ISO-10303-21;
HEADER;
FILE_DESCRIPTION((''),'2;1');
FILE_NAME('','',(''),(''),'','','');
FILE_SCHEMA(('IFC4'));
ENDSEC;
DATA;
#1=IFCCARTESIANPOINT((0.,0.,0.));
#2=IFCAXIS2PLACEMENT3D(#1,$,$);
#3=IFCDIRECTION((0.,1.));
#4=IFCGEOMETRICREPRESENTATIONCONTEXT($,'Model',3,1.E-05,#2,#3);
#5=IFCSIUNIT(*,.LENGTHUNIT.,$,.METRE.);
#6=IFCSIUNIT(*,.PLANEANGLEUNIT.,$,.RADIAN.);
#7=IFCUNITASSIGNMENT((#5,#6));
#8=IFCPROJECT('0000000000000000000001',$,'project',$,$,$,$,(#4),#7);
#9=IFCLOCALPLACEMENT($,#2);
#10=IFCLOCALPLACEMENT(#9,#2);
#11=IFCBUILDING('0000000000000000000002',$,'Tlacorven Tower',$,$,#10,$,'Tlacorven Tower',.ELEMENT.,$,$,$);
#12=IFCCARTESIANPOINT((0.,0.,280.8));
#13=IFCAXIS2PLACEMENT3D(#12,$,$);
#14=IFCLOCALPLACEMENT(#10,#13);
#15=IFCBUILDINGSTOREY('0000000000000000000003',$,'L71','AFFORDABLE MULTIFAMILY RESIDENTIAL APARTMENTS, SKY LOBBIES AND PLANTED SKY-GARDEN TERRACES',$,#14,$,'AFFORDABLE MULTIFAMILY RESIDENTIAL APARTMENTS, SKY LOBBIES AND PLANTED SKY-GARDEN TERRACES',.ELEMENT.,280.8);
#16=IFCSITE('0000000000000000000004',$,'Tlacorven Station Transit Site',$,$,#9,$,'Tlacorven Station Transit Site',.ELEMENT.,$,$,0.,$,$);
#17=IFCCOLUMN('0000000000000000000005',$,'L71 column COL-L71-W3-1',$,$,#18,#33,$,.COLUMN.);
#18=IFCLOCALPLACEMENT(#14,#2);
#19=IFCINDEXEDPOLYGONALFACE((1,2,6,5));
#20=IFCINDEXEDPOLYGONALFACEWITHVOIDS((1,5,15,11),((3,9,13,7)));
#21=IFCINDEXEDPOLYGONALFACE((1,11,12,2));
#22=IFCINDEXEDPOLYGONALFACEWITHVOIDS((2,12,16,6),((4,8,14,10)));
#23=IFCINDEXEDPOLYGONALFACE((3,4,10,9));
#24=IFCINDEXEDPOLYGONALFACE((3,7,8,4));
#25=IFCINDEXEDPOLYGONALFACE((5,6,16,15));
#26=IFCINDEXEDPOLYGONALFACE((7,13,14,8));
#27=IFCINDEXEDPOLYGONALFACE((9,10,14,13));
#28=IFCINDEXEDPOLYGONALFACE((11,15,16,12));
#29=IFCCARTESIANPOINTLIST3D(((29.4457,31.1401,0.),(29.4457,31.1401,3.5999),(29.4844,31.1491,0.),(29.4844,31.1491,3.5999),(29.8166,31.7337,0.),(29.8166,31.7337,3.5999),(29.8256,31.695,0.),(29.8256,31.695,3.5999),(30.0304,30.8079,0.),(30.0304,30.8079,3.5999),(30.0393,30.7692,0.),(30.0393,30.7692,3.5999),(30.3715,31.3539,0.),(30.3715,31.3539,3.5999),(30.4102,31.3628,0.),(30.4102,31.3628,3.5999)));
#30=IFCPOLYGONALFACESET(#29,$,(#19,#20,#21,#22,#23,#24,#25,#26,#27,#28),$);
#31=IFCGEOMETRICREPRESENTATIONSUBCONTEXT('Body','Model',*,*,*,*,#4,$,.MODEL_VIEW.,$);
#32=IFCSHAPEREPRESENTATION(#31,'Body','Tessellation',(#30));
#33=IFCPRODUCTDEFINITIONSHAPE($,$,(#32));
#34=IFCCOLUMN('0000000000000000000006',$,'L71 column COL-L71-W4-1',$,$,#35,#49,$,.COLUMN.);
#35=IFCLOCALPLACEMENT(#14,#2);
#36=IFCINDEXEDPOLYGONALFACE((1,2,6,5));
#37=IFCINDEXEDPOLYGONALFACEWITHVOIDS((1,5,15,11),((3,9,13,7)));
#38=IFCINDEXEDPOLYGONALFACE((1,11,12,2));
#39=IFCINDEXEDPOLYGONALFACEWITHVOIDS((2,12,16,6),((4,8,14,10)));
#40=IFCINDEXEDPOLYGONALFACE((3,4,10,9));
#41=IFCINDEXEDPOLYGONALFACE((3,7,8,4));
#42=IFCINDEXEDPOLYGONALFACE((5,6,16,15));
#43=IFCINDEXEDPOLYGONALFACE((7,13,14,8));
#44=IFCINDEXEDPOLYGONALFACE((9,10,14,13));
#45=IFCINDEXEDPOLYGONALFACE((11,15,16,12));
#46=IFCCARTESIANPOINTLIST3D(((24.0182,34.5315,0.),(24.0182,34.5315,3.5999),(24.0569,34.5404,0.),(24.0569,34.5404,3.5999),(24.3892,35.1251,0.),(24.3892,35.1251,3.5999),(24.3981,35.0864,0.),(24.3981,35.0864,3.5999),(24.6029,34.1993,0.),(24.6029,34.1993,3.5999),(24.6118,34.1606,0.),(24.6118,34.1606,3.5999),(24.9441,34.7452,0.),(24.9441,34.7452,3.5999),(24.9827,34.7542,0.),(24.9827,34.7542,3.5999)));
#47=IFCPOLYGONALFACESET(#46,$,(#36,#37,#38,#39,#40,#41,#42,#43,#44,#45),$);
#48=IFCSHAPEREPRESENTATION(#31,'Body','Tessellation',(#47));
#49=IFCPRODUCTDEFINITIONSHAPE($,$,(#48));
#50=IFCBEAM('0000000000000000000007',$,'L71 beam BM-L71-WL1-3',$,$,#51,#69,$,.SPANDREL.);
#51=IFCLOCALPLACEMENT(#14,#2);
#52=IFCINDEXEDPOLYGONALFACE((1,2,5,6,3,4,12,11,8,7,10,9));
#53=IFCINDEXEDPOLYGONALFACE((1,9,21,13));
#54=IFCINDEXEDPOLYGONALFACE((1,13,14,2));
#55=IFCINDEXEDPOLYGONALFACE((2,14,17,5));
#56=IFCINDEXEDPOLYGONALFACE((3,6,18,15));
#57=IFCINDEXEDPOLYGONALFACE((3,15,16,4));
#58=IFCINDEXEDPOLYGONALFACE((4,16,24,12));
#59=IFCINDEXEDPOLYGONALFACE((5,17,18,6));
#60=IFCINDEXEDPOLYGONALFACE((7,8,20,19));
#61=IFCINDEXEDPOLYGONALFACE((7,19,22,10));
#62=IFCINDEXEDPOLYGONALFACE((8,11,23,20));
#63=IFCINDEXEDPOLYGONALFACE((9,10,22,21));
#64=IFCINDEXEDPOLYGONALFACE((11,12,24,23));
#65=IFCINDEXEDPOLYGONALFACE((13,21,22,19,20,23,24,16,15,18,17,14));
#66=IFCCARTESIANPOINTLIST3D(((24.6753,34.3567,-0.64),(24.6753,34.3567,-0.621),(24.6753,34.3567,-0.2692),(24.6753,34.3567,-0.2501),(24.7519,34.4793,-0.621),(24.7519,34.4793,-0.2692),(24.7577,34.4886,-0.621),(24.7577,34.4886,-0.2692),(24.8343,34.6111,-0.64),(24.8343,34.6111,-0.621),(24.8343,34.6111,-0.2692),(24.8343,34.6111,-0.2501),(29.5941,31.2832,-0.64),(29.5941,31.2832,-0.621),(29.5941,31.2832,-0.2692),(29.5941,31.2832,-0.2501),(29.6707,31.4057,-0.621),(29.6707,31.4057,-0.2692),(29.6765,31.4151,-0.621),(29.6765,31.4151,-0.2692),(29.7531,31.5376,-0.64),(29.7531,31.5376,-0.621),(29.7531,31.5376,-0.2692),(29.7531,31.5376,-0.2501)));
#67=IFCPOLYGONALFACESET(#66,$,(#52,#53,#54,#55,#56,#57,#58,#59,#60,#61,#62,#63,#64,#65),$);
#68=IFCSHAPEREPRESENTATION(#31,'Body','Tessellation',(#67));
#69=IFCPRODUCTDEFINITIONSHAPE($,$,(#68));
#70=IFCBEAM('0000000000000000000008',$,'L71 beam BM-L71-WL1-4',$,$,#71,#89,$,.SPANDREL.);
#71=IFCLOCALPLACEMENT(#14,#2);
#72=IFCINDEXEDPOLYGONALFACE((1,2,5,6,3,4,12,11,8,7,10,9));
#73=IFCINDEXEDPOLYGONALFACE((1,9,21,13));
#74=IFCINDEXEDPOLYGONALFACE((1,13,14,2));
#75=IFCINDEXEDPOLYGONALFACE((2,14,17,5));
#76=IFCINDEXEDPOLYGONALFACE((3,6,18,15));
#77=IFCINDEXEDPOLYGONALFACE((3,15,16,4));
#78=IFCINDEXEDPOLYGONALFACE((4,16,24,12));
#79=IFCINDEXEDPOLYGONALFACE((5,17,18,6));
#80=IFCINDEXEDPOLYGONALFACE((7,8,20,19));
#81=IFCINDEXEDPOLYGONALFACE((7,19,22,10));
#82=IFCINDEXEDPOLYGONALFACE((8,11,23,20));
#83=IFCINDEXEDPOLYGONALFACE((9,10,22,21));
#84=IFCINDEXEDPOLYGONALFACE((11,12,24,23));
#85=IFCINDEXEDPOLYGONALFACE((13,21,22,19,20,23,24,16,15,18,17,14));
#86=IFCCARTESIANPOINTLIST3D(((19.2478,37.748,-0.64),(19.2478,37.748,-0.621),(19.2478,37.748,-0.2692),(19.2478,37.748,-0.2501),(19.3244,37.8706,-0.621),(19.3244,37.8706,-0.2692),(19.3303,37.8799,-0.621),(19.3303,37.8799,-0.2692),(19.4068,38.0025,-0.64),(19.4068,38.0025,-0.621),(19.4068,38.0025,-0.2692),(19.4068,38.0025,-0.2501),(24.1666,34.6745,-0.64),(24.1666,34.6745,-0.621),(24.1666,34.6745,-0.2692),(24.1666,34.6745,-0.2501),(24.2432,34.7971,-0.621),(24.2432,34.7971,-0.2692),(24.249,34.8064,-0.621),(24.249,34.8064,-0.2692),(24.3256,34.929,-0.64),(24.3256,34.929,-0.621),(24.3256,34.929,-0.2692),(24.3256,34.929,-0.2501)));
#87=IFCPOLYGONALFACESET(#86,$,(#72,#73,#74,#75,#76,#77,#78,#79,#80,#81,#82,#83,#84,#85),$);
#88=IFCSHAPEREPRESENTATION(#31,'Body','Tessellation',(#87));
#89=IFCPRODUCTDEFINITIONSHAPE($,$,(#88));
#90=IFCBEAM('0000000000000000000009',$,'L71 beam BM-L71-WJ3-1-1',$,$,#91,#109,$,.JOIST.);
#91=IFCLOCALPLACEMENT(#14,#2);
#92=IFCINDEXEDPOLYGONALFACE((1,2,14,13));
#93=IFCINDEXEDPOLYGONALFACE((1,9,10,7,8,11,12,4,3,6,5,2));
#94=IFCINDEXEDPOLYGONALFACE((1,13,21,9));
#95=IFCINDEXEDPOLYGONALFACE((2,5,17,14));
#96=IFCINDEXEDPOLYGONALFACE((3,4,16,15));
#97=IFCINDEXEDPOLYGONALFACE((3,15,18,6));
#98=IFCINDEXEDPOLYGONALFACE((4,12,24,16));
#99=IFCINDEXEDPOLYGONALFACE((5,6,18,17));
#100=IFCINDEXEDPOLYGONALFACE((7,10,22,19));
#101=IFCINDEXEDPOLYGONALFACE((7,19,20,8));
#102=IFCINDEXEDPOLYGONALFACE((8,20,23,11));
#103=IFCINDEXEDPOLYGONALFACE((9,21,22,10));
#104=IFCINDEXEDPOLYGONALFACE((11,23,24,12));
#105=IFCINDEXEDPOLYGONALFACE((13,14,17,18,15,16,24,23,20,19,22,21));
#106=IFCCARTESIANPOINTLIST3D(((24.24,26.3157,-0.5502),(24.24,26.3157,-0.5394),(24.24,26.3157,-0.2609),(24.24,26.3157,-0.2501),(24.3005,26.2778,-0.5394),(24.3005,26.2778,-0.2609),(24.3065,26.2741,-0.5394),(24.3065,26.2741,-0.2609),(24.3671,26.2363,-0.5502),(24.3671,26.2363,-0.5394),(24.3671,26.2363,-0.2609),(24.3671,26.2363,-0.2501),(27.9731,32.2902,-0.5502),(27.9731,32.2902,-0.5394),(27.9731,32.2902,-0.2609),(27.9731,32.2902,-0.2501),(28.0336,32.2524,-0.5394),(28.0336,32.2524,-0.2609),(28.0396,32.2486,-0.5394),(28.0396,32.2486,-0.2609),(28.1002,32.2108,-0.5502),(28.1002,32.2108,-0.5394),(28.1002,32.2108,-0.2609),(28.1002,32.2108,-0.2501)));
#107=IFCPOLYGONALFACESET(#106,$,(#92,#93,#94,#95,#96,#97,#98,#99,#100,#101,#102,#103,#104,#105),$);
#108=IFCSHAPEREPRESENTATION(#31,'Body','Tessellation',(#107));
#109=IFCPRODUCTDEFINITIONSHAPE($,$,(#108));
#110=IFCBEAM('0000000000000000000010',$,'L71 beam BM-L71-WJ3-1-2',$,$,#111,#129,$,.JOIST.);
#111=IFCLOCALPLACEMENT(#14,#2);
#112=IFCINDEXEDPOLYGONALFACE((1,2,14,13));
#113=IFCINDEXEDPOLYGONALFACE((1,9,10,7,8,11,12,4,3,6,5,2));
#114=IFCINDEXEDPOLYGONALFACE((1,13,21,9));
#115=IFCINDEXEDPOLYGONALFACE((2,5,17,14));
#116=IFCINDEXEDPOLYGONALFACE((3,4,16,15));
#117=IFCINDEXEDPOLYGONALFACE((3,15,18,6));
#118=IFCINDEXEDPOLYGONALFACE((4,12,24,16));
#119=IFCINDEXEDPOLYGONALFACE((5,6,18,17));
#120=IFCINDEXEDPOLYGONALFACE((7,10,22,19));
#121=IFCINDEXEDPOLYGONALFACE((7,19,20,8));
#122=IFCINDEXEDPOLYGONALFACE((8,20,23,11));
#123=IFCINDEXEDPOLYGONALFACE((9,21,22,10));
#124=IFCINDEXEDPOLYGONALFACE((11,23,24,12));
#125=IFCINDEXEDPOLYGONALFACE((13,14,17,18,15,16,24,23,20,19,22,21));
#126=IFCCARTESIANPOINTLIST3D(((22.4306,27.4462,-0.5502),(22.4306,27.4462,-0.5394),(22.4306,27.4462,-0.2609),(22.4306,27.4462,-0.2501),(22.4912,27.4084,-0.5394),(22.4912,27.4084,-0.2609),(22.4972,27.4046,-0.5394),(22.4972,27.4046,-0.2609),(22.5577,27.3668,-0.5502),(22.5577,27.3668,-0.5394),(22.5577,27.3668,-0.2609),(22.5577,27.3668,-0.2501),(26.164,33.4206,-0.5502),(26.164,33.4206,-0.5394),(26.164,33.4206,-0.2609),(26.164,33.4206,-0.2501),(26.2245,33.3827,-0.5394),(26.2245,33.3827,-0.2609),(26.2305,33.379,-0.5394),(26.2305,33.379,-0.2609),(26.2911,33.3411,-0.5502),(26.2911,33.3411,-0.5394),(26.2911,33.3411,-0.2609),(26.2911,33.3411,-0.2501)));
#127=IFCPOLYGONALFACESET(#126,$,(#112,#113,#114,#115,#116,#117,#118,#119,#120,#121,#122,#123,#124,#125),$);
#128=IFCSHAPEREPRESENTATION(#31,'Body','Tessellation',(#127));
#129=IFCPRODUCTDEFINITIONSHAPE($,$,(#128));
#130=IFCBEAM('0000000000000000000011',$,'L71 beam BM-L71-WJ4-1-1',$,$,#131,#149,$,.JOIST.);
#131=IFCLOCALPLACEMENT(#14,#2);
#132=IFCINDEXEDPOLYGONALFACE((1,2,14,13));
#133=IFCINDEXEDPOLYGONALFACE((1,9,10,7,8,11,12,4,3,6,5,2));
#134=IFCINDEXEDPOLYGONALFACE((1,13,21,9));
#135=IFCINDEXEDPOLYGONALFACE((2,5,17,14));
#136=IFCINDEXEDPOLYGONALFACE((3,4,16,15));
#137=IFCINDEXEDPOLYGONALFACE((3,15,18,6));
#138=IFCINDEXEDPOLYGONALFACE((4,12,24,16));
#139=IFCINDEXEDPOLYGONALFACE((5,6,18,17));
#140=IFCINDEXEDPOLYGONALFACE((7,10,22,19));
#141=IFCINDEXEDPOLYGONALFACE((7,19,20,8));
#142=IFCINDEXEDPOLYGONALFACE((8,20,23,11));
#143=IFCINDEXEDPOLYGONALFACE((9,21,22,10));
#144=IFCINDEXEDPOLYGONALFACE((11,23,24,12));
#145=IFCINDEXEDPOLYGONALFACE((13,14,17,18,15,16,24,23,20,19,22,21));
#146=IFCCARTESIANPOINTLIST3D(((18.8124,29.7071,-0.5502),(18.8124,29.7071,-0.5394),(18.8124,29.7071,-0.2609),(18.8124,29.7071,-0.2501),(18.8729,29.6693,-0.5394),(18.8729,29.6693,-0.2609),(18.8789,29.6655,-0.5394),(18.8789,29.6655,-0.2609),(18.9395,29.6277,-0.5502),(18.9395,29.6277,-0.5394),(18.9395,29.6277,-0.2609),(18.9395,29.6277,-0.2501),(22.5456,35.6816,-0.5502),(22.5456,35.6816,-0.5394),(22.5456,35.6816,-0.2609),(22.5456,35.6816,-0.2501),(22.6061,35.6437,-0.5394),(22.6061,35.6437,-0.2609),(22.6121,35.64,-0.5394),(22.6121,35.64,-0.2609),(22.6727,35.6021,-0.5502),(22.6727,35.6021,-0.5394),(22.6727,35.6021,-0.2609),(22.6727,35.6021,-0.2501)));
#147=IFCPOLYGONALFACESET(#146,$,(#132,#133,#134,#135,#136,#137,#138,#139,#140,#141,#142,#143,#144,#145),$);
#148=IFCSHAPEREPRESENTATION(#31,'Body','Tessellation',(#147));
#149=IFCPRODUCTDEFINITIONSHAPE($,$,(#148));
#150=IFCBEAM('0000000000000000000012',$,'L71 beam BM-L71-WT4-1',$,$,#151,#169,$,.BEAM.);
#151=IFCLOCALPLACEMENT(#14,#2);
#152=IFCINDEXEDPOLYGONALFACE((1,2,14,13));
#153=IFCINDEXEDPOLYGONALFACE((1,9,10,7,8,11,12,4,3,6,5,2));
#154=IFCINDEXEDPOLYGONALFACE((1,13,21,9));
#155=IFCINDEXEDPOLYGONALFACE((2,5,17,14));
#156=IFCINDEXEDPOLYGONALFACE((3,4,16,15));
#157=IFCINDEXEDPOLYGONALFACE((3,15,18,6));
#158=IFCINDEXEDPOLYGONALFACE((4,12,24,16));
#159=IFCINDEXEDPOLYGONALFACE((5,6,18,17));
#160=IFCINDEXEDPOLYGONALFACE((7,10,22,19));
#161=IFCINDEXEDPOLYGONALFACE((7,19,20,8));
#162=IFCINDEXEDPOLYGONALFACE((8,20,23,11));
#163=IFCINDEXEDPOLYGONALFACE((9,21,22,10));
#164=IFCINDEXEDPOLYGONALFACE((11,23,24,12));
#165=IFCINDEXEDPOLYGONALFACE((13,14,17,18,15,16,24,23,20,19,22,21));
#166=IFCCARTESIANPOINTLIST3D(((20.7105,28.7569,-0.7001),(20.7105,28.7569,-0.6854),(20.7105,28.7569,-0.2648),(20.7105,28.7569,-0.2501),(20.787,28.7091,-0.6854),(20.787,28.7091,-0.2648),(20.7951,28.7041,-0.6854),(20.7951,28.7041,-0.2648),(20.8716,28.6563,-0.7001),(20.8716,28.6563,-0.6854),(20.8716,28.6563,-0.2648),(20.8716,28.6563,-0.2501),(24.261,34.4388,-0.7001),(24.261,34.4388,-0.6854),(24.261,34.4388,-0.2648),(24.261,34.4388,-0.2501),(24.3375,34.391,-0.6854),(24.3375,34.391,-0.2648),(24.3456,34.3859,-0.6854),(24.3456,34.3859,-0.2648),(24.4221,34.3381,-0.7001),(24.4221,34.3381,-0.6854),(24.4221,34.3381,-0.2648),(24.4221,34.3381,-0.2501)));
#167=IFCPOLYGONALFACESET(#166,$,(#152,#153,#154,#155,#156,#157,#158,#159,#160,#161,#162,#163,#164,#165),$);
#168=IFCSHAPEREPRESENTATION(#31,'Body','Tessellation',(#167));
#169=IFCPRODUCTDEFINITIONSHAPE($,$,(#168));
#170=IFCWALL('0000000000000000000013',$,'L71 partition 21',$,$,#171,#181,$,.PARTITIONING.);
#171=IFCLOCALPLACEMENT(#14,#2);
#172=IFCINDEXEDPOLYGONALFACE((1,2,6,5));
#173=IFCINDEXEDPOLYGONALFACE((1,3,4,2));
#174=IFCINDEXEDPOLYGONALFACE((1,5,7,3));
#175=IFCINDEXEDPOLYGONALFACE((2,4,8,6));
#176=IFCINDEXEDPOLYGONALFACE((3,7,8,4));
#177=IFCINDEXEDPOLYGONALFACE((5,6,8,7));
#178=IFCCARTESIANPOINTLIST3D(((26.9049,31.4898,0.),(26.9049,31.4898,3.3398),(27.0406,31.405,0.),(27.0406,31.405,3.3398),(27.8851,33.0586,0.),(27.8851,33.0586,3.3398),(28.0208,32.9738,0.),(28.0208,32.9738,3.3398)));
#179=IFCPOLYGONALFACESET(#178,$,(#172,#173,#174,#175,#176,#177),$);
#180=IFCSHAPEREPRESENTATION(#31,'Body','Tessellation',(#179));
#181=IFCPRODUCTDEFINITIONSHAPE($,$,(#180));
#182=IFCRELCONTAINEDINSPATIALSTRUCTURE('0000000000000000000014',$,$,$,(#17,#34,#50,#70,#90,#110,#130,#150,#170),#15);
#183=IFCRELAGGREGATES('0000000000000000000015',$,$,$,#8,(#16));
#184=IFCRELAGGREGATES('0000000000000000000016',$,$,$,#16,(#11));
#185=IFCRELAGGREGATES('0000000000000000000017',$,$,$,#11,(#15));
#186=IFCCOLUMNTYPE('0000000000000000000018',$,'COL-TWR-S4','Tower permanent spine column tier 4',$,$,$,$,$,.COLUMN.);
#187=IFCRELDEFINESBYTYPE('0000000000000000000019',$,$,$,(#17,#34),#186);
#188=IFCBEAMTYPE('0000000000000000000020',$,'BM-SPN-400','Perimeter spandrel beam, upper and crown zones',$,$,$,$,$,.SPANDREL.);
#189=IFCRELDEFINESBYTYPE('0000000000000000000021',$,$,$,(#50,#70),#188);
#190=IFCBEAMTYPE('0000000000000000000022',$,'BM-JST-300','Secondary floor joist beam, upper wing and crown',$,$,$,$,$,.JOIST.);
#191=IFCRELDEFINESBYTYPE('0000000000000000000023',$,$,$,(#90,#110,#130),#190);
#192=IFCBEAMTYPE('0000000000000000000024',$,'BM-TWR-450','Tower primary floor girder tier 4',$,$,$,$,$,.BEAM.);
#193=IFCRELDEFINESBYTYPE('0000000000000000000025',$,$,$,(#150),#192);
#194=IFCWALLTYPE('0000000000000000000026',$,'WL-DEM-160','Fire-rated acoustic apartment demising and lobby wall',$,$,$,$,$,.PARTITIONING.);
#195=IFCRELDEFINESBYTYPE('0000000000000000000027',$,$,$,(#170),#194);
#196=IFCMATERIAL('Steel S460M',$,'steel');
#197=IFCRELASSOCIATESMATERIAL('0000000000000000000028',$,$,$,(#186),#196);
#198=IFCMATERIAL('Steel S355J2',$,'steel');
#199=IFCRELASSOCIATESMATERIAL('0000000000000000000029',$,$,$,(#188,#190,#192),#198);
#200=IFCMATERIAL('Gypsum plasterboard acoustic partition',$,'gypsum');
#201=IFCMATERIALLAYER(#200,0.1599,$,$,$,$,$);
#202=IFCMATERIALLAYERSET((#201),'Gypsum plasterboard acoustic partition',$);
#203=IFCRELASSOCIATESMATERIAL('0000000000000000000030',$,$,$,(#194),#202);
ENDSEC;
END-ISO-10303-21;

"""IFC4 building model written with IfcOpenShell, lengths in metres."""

from ifc_helpers import new_model, si_unit, direction, frame, frame_2d, origin, origin_2d, place, context, subcontext, project, spatial, rectangle, hollow_rectangle, i_section, extrude, source, transform, mapped, material, layer, layer_set, material_profile, profile_set, type_object, element, save


model = new_model("IFC4")

# Units and contexts
model_context = context("Model", 3, precision=1e-05, world=origin(), true_north=direction((0.0, 1.0)))
body_context = subcontext(model_context, "Body", "Model", "MODEL_VIEW")
ifc_project = project(units=[si_unit("LENGTHUNIT", "METRE"), si_unit("PLANEANGLEUNIT", "RADIAN")], contexts=[model_context])

# Site, building, storey
site_placement = place(None, origin())
site = spatial("IfcSite", under=ifc_project, at=site_placement, Name="Tlacorven Station Transit Site", LongName="Tlacorven Station Transit Site", CompositionType="ELEMENT", RefElevation=0.0)
building_placement = place(site_placement, origin())
building = spatial("IfcBuilding", under=site, at=building_placement, Name="Tlacorven Tower", LongName="Tlacorven Tower", CompositionType="ELEMENT")
storey_placement = place(building_placement, frame((0.0, 0.0, 280.8)))
storey = spatial("IfcBuildingStorey", under=building, at=storey_placement, Name="L71", Description="AFFORDABLE MULTIFAMILY RESIDENTIAL APARTMENTS, SKY LOBBIES AND PLANTED SKY-GARDEN TERRACES", LongName="AFFORDABLE MULTIFAMILY RESIDENTIAL APARTMENTS, SKY LOBBIES AND PLANTED SKY-GARDEN TERRACES", CompositionType="ELEMENT", Elevation=280.8)

# Columns
ifc_material_1 = material(Name="Steel S460M", Category="steel")
ifc_material_profile_1 = material_profile(ifc_material_1, hollow_rectangle(XDim=0.7, YDim=0.7, WallThickness=0.0281, at=origin_2d()), Name="BOX 700X700X28")
ifc_profile_set_1 = profile_set([ifc_material_profile_1], Name="Steel S460M")
column_type = type_object("IfcColumnType", Name="COL-TWR-S4", Description="Tower permanent spine column tier 4", PredefinedType="COLUMN", material=ifc_profile_set_1)
shared_shape_1 = source(origin(), body_context, "Body", "SweptSolid", [
    extrude(hollow_rectangle(XDim=0.7, YDim=0.7, WallThickness=0.0281, at=origin_2d()), origin(), (0.0, 0.0, 1.0), 3.5999),
])
for number, where, z_axis, x_axis, name in (
    (1, (29.928, 31.2515, 0.0), (0.0, 0.0, 1.0), (-0.848048, 0.529919, 0.0), "L71 column COL-L71-W3-1"),
    (2, (24.5005, 34.6428, 0.0), (0.0, 0.0, 1.0), (-0.848048, 0.529919, 0.0), "L71 column COL-L71-W4-1"),
):
    element("IfcColumn", number, at=place(storey_placement, frame(where, z_axis=z_axis, x_axis=x_axis)), inside=storey, type_object=column_type, Name=name, PredefinedType="COLUMN", context=body_context, shape_type="MappedRepresentation", body=[
        mapped(shared_shape_1, transform((0.0, 0.0, 0.0), scale=1.0)),
    ])

# Beams
ifc_material_2 = material(Name="Steel S355J2", Category="steel")
ifc_material_profile_2 = material_profile(ifc_material_2, i_section(OverallWidth=0.3, OverallDepth=0.3899, WebThickness=0.011, FlangeThickness=0.019, at=origin_2d()), Name="HEA 400")
ifc_profile_set_2 = profile_set([ifc_material_profile_2], Name="Steel S355J2")
beam_type_1 = type_object("IfcBeamType", Name="BM-SPN-400", Description="Perimeter spandrel beam, upper and crown zones", PredefinedType="SPANDREL", material=ifc_profile_set_2)
shared_shape_2 = source(origin(), body_context, "Body", "SweptSolid", [
    extrude(i_section(OverallWidth=0.3, OverallDepth=0.3899, WebThickness=0.011, FlangeThickness=0.019, at=origin_2d()), origin(), (0.0, 0.0, 1.0), 5.8),
])
for number, where, z_axis, x_axis, name in (
    (3, (29.6736, 31.4104, -0.4451), (-0.848053, 0.529912, 0.0), (-0.529912, -0.848053, 0.0), "L71 beam BM-L71-WL1-3"),
    (4, (24.2461, 34.8018, -0.4451), (-0.848053, 0.529912, 0.0), (-0.529912, -0.848053, 0.0), "L71 beam BM-L71-WL1-4"),
):
    element("IfcBeam", number, at=place(storey_placement, frame(where, z_axis=z_axis, x_axis=x_axis)), inside=storey, type_object=beam_type_1, Name=name, PredefinedType="SPANDREL", context=body_context, shape_type="MappedRepresentation", body=[
        mapped(shared_shape_2, transform((0.0, 0.0, 0.0), scale=1.0)),
    ])
ifc_material_profile_3 = material_profile(ifc_material_2, i_section(OverallWidth=0.1499, OverallDepth=0.3, WebThickness=0.0071, FlangeThickness=0.0107, at=origin_2d()), Name="IPE 300")
ifc_profile_set_3 = profile_set([ifc_material_profile_3], Name="Steel S355J2")
beam_type_2 = type_object("IfcBeamType", Name="BM-JST-300", Description="Secondary floor joist beam, upper wing and crown", PredefinedType="JOIST", material=ifc_profile_set_3)
shared_shape_3 = source(origin(), body_context, "Body", "SweptSolid", [
    extrude(i_section(OverallWidth=0.1499, OverallDepth=0.3, WebThickness=0.0071, FlangeThickness=0.0107, at=origin_2d()), origin(), (0.0, 0.0, 1.0), 7.0449),
])
for number, where, z_axis, x_axis, name in (
    (5, (28.0366, 32.2505, -0.4001), (-0.529899, -0.848061, 0.0), (0.848061, -0.529899, 0.0), "L71 beam BM-L71-WJ3-1-1"),
    (6, (26.2275, 33.3809, -0.4001), (-0.52994, -0.848035, 0.0), (0.848035, -0.52994, 0.0), "L71 beam BM-L71-WJ3-1-2"),
    (7, (22.6091, 35.6418, -0.4001), (-0.529915, -0.848051, 0.0), (0.848051, -0.529915, 0.0), "L71 beam BM-L71-WJ4-1-1"),
):
    element("IfcBeam", number, at=place(storey_placement, frame(where, z_axis=z_axis, x_axis=x_axis)), inside=storey, type_object=beam_type_2, Name=name, PredefinedType="JOIST", context=body_context, shape_type="MappedRepresentation", body=[
        mapped(shared_shape_3, transform((0.0, 0.0, 0.0), scale=1.0)),
    ])
ifc_material_profile_4 = material_profile(ifc_material_2, i_section(OverallWidth=0.1899, OverallDepth=0.45, WebThickness=0.0095, FlangeThickness=0.0146, at=origin_2d()), Name="IPE 450")
ifc_profile_set_4 = profile_set([ifc_material_profile_4], Name="Steel S355J2")
beam_type_3 = type_object("IfcBeamType", Name="BM-TWR-450", Description="Tower primary floor girder tier 4", PredefinedType="BEAM", material=ifc_profile_set_4)
shared_shape_4 = source(origin(), body_context, "Body", "SweptSolid", [
    extrude(i_section(OverallWidth=0.1899, OverallDepth=0.45, WebThickness=0.0095, FlangeThickness=0.0146, at=origin_2d()), origin(), (0.0, 0.0, 1.0), 6.7),
])
beam_placement = place(storey_placement, frame((24.3416, 34.3884, -0.4751), z_axis=(-0.52993, -0.848041, 0.0), x_axis=(0.848041, -0.52993, 0.0)))
element("IfcBeam", 8, at=beam_placement, inside=storey, type_object=beam_type_3, Name="L71 beam BM-L71-WT4-1", PredefinedType="BEAM", context=body_context, shape_type="MappedRepresentation", body=[
    mapped(shared_shape_4, transform((0.0, 0.0, 0.0), scale=1.0)),
])

# Wall
ifc_material_3 = material(Name="Gypsum plasterboard acoustic partition", Category="gypsum")
ifc_layer = layer(ifc_material_3, 0.1599)
ifc_layer_set = layer_set([ifc_layer], Name="Gypsum plasterboard acoustic partition")
wall_type = type_object("IfcWallType", Name="WL-DEM-160", Description="Fire-rated acoustic apartment demising and lobby wall", PredefinedType="PARTITIONING", material=ifc_layer_set)
wall_1_placement = place(storey_placement, frame((27.9529, 33.0161, 0.0), z_axis=(0.0, 0.0, 1.0), x_axis=(-0.52988, -0.848072, 0.0)))
element("IfcWall", 9, at=wall_1_placement, inside=storey, type_object=wall_type, Name="L71 partition 21", PredefinedType="PARTITIONING", context=body_context, shape_type="SweptSolid", body=[
    extrude(rectangle(XDim=1.8499, YDim=0.1599, at=frame_2d((0.9248, 0.0))), origin(), (0.0, 0.0, 1.0), 3.3398),
])

save(model, "model.ifc")
